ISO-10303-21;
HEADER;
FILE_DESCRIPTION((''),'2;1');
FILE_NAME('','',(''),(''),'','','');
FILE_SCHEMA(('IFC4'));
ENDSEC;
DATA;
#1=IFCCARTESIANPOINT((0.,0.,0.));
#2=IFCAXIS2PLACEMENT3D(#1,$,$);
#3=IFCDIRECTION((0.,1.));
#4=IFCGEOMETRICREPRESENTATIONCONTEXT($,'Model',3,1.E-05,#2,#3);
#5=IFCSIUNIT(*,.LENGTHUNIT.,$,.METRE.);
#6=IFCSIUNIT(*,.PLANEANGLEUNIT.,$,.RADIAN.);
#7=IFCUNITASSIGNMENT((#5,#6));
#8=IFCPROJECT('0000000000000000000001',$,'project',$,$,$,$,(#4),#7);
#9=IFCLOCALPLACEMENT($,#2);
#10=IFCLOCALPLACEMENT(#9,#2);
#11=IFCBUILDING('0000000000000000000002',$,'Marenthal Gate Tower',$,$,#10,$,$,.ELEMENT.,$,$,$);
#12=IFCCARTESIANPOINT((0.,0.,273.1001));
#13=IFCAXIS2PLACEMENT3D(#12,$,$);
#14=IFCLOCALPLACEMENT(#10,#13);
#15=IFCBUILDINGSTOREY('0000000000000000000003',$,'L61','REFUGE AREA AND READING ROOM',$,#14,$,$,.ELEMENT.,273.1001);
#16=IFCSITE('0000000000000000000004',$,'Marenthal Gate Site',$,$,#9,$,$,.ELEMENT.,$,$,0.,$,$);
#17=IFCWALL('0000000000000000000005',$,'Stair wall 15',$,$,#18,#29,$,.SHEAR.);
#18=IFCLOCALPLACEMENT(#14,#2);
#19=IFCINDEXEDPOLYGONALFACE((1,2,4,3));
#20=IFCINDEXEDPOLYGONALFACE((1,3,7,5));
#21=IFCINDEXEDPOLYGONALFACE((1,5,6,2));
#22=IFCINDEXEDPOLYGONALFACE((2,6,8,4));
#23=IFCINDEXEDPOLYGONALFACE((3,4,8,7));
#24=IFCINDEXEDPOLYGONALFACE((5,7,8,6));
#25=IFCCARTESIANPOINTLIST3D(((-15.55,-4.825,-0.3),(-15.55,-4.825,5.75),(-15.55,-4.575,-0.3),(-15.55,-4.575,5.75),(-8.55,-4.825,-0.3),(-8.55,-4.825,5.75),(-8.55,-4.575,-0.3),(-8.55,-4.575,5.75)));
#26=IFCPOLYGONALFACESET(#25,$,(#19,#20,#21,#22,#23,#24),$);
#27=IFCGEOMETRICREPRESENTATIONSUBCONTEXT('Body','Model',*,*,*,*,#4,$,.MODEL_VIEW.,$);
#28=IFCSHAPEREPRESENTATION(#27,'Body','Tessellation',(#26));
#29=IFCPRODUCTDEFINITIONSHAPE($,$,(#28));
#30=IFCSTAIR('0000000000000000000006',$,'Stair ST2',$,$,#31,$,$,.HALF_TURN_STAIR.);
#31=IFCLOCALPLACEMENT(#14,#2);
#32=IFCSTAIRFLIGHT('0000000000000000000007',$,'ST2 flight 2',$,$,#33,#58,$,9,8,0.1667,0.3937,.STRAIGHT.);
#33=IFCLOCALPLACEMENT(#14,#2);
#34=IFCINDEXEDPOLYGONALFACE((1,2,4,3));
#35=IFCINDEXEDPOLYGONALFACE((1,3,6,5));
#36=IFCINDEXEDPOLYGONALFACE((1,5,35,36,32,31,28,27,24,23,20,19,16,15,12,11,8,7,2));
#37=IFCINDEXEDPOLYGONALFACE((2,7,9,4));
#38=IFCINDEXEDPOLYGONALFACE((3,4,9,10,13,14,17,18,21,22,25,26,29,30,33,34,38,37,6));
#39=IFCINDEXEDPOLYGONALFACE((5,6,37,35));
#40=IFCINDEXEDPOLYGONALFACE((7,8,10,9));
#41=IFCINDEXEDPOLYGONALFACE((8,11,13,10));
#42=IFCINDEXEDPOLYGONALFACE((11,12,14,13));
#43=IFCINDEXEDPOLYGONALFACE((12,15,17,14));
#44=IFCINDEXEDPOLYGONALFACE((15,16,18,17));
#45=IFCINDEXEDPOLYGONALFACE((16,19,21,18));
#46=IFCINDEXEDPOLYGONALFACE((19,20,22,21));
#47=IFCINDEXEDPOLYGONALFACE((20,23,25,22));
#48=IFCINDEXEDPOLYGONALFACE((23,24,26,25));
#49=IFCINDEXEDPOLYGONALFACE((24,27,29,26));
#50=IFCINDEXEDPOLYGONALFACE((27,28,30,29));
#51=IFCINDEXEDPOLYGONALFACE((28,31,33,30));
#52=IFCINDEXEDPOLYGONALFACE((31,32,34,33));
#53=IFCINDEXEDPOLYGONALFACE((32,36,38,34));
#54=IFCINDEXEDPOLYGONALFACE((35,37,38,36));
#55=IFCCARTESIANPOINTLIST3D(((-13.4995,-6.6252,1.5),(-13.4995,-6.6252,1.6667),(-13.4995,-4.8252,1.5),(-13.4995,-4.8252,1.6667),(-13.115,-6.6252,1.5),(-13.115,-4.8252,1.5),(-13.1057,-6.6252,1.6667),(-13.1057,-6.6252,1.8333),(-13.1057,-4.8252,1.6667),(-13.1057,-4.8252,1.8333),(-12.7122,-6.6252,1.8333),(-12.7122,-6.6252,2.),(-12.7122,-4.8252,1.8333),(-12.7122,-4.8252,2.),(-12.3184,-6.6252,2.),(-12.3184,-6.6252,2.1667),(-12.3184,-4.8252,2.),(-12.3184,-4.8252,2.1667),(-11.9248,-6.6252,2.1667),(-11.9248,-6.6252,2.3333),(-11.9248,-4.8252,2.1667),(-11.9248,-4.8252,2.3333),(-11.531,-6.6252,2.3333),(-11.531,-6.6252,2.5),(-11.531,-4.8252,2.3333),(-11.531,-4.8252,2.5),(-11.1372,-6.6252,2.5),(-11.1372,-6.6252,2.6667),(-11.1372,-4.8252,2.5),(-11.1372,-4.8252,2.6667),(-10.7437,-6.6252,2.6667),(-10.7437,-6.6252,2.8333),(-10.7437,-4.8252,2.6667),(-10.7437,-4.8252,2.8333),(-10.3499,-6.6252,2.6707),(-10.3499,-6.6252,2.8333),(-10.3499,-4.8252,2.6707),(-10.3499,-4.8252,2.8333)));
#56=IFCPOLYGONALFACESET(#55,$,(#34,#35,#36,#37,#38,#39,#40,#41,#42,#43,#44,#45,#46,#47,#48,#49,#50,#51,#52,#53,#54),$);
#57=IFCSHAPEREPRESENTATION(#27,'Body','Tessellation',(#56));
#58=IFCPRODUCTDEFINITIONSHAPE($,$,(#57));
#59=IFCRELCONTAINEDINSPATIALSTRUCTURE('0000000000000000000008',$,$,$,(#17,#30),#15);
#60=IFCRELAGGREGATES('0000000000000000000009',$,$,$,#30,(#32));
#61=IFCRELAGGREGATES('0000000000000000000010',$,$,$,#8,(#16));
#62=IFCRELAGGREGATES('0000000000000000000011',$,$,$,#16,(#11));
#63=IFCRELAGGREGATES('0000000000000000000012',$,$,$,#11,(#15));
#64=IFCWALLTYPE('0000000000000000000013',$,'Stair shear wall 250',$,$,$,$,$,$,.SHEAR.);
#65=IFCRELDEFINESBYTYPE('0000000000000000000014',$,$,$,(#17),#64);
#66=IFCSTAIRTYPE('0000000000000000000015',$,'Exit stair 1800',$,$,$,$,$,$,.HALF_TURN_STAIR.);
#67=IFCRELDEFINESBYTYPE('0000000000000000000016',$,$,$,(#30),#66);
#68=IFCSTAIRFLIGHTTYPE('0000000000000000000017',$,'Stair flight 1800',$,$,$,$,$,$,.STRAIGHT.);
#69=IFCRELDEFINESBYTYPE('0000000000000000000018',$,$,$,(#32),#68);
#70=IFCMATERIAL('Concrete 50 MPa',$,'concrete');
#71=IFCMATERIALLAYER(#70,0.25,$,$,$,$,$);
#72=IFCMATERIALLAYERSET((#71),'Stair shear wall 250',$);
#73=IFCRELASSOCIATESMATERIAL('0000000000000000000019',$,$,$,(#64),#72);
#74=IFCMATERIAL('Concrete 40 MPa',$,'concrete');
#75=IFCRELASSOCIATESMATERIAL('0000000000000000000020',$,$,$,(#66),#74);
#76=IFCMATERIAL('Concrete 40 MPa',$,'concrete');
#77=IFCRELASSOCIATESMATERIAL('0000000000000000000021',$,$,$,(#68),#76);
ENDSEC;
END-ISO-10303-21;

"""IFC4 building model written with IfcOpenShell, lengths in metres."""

from ifc_helpers import new_model, si_unit, direction, frame, frame_2d, origin, place, context, subcontext, project, spatial, polyline, rectangle, outline, extrude, material, layer, layer_set, type_object, element, aggregate, save


model = new_model("IFC4")

# Units and contexts
model_context = context("Model", 3, precision=1e-05, world=origin(), true_north=direction((0.0, 1.0)))
body_context = subcontext(model_context, "Body", "Model", "MODEL_VIEW")
ifc_project = project(units=[si_unit("LENGTHUNIT", "METRE"), si_unit("PLANEANGLEUNIT", "RADIAN")], contexts=[model_context])

# Site, building, storey
site_placement = place(None, origin())
site = spatial("IfcSite", under=ifc_project, at=site_placement, Name="Marenthal Gate Site", CompositionType="ELEMENT", RefElevation=0.0)
building_placement = place(site_placement, origin())
building = spatial("IfcBuilding", under=site, at=building_placement, Name="Marenthal Gate Tower", CompositionType="ELEMENT")
storey_placement = place(building_placement, frame((0.0, 0.0, 273.1001)))
storey = spatial("IfcBuildingStorey", under=building, at=storey_placement, Name="L61", Description="REFUGE AREA AND READING ROOM", CompositionType="ELEMENT", Elevation=273.1001)

# Shared definitions
ifc_material_1 = material(Name="Concrete 50 MPa", Category="concrete")
ifc_layer_1 = layer(ifc_material_1, 0.25)
ifc_layer_set_1 = layer_set([ifc_layer_1], Name="Stair shear wall 250")
wall_type_1 = type_object("IfcWallType", Name="Stair shear wall 250", PredefinedType="SHEAR", material=ifc_layer_set_1)

# Wall
wall_1_placement = place(storey_placement, frame((-15.55, -4.7, -0.3), z_axis=(0.0, 0.0, 1.0), x_axis=(1.0, 0.0, 0.0)))
element("IfcWall", 1, at=wall_1_placement, inside=storey, type_object=wall_type_1, Name="Stair wall 15", PredefinedType="SHEAR", context=body_context, shape_type="SweptSolid", body=[
    extrude(rectangle(XDim=7.0, YDim=0.25, at=frame_2d((3.5, 0.0))), origin(), (0.0, 0.0, 1.0), 6.05),
])

# Stair, stair flight
ifc_material_2 = material(Name="Concrete 40 MPa", Category="concrete")
stair_type = type_object("IfcStairType", Name="Exit stair 1800", PredefinedType="HALF_TURN_STAIR", material=ifc_material_2)
stair_placement = place(storey_placement, origin())
stair = element("IfcStair", 2, at=stair_placement, inside=storey, type_object=stair_type, Name="Stair ST2", PredefinedType="HALF_TURN_STAIR")
ifc_material_3 = material(Name="Concrete 40 MPa", Category="concrete")
stair_flight_type = type_object("IfcStairFlightType", Name="Stair flight 1800", PredefinedType="STRAIGHT", material=ifc_material_3)
stair_flight_placement = place(storey_placement, frame((-13.4995, -5.7251, 1.5), z_axis=(0.0, 0.0, 1.0), x_axis=(1.0, 0.0, 0.0)))
stair_flight = element("IfcStairFlight", 3, at=stair_flight_placement, type_object=stair_flight_type, Name="ST2 flight 2", NumberOfRisers=9, NumberOfTreads=8, PredefinedType="STRAIGHT", RiserHeight=0.1667, TreadLength=0.3937, context=body_context, shape_type="SweptSolid", body=[
    extrude(outline(polyline([(0.0, 0.0), (0.0, 0.1667), (0.3938, 0.1667), (0.3938, 0.3333), (0.7874, 0.3333), (0.7874, 0.5), (1.1812, 0.5), (1.1812, 0.6667), (1.5747, 0.6667), (1.5747, 0.8333), (1.9685, 0.8333), (1.9685, 1.0), (2.3623, 1.0), (2.3623, 1.1667), (2.7559, 1.1667), (2.7559, 1.3333), (3.1497, 1.3333), (3.1497, 1.5), (3.1497, 1.1707), (0.3845, 0.0), (0.0, 0.0)])), frame((0.0, 0.8999, 0.0), z_axis=(0.0, -1.0, 0.0), x_axis=(1.0, 0.0, 0.0)), (0.0, 0.0, 1.0), 1.8),
])
aggregate(stair, [stair_flight])

save(model, "model.ifc")
